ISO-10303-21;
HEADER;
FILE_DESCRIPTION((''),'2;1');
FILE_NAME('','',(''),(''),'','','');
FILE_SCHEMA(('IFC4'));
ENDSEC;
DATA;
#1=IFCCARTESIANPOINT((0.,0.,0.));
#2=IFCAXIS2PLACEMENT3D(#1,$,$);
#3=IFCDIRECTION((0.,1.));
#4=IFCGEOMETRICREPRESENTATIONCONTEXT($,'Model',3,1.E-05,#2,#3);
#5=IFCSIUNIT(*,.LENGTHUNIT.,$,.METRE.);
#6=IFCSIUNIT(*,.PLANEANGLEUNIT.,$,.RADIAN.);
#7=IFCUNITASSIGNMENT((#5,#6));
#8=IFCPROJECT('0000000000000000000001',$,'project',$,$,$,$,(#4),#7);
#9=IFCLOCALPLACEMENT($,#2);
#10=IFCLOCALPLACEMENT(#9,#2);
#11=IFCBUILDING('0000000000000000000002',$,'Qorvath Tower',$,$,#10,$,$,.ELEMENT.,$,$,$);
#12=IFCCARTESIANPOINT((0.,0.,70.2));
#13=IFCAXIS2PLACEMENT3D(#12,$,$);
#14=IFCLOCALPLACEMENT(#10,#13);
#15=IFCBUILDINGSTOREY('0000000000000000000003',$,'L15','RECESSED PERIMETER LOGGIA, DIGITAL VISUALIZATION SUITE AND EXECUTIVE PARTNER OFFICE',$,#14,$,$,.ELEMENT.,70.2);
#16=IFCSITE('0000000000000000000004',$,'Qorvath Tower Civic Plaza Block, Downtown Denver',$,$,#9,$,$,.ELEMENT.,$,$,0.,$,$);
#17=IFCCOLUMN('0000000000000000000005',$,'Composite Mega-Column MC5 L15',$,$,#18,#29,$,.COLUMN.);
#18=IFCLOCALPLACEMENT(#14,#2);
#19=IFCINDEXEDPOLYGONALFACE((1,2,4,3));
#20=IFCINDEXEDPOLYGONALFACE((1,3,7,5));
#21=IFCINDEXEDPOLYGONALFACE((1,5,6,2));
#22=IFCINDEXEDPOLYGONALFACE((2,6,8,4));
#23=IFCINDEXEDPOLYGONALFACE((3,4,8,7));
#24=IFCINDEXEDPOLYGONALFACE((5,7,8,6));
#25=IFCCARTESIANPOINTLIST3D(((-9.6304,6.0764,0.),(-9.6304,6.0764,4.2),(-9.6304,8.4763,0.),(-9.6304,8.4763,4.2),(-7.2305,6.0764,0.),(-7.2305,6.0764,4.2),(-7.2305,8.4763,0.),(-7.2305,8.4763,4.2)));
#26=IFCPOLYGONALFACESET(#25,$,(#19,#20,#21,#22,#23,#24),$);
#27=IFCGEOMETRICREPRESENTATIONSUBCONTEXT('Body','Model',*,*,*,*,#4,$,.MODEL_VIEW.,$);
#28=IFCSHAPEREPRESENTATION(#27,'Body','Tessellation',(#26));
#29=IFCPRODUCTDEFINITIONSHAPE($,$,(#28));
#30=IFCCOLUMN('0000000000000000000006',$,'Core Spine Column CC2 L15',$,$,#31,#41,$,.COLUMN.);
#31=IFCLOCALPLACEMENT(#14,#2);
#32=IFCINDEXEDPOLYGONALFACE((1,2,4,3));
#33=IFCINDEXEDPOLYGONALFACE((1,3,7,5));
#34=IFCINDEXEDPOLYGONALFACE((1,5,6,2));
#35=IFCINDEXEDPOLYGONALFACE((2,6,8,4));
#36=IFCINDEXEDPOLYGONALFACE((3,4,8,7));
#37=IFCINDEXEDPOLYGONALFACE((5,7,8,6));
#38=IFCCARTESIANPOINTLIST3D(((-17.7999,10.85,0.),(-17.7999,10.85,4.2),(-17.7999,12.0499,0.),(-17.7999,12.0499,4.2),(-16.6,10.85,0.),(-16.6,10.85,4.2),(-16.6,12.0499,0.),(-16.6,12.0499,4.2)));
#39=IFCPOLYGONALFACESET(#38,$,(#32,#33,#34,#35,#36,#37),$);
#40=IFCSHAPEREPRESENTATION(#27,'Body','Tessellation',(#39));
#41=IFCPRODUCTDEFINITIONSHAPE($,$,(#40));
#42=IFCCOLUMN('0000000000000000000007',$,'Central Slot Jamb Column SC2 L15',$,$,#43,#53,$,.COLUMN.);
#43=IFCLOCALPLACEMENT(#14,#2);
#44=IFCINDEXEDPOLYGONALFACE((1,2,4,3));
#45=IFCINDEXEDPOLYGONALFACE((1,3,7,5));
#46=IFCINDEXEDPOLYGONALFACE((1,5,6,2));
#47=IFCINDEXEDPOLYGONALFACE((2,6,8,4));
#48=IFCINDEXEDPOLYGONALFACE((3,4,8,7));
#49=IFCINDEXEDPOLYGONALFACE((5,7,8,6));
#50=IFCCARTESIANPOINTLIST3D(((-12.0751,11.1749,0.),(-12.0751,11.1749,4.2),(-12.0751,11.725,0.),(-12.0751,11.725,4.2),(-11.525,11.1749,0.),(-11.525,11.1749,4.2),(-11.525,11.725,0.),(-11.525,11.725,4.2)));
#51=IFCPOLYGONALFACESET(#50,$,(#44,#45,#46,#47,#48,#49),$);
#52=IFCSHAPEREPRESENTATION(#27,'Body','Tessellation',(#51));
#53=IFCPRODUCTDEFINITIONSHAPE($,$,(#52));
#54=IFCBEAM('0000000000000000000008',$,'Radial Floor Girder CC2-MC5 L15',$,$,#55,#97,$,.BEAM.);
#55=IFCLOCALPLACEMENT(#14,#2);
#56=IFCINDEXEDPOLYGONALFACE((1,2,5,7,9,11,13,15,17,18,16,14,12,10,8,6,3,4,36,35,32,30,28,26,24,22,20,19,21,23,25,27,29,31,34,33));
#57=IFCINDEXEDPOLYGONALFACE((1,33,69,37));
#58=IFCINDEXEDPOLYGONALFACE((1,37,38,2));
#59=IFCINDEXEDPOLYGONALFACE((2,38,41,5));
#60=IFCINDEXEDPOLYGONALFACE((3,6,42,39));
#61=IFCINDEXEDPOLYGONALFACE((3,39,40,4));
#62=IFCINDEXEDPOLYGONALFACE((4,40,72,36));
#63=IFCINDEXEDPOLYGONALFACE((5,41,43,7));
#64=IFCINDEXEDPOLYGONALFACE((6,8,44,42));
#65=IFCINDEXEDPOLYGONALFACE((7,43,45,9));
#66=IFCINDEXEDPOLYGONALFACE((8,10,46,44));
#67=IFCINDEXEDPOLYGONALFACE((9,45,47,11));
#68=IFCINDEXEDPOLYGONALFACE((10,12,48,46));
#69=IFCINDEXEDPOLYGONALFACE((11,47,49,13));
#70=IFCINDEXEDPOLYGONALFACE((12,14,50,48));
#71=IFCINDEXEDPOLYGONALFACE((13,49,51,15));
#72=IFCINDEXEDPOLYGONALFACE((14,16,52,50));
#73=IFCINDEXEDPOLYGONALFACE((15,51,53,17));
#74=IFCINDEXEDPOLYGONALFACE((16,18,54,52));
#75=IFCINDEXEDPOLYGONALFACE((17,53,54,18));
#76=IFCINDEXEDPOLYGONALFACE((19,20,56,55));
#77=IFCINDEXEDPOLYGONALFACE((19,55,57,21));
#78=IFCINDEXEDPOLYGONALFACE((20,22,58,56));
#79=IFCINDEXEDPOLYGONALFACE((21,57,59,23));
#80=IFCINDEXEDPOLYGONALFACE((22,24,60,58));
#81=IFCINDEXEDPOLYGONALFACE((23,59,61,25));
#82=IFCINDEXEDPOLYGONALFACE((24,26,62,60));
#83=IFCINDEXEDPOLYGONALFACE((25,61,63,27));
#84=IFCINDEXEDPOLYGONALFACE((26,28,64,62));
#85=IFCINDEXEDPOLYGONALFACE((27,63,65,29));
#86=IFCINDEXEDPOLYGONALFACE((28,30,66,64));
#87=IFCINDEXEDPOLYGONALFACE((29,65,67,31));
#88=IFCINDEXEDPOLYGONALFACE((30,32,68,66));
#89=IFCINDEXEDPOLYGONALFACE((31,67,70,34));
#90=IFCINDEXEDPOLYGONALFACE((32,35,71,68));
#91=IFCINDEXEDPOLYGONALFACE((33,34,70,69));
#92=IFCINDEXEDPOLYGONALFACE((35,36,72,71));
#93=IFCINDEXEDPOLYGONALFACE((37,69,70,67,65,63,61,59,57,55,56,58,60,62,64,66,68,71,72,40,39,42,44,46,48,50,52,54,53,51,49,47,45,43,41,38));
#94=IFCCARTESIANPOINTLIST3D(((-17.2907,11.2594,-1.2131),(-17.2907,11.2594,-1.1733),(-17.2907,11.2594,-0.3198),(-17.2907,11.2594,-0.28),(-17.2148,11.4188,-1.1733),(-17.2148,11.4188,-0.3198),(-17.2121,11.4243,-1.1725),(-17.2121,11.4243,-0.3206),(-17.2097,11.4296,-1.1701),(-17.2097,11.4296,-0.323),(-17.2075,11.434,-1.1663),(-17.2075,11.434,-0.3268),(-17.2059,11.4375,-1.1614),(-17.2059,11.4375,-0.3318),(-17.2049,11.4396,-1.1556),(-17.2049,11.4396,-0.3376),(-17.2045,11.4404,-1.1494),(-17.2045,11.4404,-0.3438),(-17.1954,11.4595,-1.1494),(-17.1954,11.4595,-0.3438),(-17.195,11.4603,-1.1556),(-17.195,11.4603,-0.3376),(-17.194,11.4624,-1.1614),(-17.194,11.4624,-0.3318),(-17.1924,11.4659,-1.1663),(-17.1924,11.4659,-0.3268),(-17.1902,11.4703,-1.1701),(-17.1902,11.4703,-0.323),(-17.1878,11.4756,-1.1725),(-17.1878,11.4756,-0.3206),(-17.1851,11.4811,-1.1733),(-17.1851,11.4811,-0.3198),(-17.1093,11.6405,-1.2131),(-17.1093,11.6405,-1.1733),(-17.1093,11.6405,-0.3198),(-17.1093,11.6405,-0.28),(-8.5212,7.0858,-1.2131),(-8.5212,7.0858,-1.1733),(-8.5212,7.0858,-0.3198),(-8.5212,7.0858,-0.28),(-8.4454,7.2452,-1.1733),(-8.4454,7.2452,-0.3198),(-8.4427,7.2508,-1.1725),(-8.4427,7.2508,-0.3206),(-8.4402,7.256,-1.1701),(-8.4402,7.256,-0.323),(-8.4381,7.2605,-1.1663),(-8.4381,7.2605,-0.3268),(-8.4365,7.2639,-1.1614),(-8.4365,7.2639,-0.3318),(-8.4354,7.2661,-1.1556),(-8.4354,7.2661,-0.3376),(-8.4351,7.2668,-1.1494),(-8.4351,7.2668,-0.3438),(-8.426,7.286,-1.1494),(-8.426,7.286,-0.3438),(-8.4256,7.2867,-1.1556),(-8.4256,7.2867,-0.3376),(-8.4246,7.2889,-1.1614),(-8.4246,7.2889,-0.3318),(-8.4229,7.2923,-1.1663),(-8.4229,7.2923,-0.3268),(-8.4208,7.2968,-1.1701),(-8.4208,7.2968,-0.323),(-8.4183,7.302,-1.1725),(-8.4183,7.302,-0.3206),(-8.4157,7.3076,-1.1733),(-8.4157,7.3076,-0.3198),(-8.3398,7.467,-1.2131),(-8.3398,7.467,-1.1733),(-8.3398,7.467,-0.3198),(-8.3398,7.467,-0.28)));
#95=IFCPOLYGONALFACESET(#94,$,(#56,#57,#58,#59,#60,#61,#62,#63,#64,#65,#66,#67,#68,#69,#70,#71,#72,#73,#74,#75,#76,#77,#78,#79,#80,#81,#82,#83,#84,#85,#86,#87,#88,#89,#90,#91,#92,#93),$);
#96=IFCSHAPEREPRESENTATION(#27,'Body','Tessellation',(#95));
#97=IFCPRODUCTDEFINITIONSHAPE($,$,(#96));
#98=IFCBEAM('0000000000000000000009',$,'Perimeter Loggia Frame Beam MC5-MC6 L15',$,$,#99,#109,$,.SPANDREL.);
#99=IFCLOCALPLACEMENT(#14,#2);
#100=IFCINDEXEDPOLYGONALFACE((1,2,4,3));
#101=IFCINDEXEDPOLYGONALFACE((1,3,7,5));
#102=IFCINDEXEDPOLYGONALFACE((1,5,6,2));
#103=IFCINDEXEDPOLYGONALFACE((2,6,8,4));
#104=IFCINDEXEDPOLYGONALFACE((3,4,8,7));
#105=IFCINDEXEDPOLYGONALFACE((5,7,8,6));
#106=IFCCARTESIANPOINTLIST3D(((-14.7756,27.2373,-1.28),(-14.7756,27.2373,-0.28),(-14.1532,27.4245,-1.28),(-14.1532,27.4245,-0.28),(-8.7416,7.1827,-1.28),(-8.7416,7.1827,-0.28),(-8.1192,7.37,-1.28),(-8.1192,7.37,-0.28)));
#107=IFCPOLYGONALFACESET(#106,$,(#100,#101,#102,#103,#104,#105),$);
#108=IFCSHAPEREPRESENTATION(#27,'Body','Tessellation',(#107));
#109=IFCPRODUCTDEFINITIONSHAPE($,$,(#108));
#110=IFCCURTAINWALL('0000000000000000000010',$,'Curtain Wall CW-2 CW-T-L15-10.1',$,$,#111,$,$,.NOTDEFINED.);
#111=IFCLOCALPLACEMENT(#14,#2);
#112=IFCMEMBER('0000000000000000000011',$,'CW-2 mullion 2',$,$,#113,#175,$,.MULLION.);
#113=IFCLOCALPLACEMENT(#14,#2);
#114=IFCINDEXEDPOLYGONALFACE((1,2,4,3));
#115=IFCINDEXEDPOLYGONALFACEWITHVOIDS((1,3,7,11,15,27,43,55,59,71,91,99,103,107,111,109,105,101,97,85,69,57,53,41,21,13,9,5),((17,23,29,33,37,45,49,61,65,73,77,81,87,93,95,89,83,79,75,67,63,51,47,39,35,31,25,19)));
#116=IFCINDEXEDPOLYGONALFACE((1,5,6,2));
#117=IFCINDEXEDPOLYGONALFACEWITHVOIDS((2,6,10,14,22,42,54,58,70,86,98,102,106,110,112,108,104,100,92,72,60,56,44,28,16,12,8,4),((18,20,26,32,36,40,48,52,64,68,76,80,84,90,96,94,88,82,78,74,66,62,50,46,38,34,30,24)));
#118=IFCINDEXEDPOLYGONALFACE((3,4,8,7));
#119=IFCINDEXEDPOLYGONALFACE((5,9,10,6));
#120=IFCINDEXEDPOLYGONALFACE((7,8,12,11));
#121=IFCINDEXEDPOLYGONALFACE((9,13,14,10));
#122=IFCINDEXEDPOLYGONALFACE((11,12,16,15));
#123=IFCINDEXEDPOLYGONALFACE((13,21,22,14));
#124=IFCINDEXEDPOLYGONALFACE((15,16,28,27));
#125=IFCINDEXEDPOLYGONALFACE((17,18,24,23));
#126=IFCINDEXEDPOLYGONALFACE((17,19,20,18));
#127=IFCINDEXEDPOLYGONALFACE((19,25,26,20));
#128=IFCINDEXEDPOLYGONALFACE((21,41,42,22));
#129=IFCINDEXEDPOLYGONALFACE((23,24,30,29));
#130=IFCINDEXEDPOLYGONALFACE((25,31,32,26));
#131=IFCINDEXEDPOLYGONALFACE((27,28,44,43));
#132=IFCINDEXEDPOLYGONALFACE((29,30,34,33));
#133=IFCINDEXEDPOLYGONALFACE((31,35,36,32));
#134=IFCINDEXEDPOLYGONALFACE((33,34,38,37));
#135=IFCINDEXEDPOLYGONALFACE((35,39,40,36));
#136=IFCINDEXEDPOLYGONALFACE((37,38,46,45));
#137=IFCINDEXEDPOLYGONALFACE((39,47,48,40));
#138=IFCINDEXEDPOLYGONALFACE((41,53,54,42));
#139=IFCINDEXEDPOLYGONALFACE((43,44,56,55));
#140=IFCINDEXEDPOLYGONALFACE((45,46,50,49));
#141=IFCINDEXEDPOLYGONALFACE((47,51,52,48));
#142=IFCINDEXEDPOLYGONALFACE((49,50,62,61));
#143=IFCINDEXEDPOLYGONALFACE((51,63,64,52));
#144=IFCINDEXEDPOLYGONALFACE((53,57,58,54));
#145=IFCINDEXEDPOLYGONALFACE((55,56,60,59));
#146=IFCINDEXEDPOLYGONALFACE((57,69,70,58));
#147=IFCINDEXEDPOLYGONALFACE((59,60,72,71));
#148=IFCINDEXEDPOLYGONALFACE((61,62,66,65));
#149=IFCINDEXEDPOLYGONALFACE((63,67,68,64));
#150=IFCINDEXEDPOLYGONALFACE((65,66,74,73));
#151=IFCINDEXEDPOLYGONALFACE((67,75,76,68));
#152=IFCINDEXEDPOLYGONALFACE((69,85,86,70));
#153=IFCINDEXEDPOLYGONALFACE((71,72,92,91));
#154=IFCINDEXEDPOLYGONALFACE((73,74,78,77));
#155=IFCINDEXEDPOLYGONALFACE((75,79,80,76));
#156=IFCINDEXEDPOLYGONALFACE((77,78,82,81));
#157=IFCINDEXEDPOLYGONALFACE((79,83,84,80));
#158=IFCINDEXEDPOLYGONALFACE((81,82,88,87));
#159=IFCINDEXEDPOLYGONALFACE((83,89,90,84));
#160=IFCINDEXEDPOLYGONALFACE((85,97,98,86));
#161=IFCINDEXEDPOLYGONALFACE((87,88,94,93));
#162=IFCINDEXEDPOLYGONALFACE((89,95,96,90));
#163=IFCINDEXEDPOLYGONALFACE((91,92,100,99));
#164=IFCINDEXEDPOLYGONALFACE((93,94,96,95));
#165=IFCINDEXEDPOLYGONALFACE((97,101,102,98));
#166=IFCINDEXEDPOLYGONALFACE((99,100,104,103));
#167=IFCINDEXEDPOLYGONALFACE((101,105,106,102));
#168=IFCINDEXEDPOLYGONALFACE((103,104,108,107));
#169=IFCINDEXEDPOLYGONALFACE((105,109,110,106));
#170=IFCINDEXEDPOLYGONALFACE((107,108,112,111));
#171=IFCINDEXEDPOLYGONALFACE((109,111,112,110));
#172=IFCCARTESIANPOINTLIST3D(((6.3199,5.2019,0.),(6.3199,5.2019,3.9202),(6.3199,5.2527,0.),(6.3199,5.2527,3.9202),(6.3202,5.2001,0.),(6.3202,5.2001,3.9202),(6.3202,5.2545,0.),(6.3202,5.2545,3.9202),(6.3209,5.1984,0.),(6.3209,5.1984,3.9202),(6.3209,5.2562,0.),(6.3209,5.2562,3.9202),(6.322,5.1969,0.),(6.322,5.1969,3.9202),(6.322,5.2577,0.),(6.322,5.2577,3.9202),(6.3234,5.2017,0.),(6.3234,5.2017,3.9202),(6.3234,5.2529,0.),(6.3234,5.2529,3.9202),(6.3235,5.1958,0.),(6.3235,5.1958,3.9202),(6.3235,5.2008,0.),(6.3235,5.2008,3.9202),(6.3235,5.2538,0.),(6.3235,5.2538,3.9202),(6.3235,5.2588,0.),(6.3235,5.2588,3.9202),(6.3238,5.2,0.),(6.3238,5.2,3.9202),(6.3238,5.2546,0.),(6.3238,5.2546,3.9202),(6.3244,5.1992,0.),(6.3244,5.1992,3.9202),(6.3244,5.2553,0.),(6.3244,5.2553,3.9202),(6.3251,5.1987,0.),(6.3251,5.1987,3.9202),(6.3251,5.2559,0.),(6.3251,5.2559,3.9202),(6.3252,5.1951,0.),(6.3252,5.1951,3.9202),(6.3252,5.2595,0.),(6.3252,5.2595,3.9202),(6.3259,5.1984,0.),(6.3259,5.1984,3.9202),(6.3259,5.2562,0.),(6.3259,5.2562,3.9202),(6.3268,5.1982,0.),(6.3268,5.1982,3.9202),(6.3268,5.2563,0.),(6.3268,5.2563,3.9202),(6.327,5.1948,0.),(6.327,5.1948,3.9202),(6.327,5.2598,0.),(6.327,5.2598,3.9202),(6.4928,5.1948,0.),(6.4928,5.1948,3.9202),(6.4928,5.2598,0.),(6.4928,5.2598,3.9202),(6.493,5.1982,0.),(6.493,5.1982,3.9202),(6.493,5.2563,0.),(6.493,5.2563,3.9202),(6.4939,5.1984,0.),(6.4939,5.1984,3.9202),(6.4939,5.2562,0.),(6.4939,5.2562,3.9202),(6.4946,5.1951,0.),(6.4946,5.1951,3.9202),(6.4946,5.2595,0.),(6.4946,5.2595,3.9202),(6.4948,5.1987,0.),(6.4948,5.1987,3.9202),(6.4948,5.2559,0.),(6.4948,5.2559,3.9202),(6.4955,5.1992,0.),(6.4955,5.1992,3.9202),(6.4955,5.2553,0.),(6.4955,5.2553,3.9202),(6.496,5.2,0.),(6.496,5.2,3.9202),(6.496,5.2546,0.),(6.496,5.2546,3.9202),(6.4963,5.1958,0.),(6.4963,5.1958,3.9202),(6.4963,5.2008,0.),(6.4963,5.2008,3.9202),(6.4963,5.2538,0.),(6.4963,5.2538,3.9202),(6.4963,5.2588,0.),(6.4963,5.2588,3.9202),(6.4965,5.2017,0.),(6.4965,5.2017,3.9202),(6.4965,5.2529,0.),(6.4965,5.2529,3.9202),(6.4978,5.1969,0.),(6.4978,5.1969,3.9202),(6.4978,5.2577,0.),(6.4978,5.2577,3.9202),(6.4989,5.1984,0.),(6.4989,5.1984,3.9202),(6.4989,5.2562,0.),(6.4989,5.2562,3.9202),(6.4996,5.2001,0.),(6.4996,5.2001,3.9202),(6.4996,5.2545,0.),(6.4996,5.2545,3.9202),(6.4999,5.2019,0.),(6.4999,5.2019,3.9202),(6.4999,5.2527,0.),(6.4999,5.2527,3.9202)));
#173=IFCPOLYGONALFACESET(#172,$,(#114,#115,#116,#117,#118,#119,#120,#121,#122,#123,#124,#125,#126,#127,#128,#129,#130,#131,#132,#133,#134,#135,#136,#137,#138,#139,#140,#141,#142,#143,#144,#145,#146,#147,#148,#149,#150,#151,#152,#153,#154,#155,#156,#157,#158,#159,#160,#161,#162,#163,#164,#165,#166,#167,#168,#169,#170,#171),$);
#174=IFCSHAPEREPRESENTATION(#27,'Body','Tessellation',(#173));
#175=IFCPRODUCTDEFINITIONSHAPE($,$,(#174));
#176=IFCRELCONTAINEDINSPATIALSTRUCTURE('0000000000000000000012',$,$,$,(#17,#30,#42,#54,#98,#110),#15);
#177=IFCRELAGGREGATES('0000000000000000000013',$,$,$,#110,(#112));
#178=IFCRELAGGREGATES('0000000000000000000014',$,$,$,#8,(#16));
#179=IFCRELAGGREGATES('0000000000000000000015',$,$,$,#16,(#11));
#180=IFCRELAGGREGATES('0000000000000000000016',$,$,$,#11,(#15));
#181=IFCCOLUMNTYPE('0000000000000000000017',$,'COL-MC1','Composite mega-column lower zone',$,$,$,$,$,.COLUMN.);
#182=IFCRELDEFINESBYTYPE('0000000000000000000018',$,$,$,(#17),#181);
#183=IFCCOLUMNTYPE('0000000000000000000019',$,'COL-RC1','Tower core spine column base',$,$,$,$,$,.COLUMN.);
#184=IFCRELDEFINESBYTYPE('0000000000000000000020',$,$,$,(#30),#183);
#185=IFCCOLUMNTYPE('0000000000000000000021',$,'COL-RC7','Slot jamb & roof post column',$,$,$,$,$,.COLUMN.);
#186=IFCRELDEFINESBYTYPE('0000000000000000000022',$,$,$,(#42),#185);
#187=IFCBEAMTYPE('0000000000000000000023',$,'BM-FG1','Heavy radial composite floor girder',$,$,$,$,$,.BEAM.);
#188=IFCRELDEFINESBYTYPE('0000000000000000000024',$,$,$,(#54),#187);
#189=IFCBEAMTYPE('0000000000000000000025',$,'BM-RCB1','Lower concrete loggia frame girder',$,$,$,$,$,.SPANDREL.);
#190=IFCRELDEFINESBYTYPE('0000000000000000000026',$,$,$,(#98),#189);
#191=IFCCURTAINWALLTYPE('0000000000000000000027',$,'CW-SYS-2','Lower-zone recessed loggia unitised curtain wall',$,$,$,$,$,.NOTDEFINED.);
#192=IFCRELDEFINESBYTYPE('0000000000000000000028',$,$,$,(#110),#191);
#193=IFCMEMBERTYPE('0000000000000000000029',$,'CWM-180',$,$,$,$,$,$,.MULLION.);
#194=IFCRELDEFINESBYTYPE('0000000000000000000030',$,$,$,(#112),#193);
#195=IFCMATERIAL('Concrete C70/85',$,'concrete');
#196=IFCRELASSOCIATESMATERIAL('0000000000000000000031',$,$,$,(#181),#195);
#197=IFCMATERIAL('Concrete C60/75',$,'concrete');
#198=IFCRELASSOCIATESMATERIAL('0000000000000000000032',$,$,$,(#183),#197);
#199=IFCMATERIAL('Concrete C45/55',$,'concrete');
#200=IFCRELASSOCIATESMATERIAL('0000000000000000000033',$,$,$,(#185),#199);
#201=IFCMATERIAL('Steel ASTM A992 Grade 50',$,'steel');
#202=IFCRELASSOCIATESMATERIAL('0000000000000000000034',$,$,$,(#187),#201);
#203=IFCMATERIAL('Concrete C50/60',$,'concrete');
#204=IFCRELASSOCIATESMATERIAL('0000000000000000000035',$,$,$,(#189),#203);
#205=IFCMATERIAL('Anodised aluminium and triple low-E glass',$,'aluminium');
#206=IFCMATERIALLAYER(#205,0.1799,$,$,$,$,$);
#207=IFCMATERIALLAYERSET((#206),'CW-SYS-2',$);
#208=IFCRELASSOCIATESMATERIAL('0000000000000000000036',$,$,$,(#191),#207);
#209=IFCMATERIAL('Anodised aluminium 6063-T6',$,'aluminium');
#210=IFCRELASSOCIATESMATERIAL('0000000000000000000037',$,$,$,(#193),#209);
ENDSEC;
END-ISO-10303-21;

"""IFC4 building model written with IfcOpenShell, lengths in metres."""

from ifc_helpers import new_model, si_unit, direction, frame, origin, origin_2d, place, context, subcontext, project, spatial, rectangle, hollow_rectangle, i_section, extrude, material, layer, layer_set, material_profile, profile_set, type_object, element, aggregate, save


model = new_model("IFC4")

# Units and contexts
model_context = context("Model", 3, precision=1e-05, world=origin(), true_north=direction((0.0, 1.0)))
body_context = subcontext(model_context, "Body", "Model", "MODEL_VIEW")
ifc_project = project(units=[si_unit("LENGTHUNIT", "METRE"), si_unit("PLANEANGLEUNIT", "RADIAN")], contexts=[model_context])

# Site, building, storey
site_placement = place(None, origin())
site = spatial("IfcSite", under=ifc_project, at=site_placement, Name="Qorvath Tower Civic Plaza Block, Downtown Denver", CompositionType="ELEMENT", RefElevation=0.0)
building_placement = place(site_placement, origin())
building = spatial("IfcBuilding", under=site, at=building_placement, Name="Qorvath Tower", CompositionType="ELEMENT")
storey_placement = place(building_placement, frame((0.0, 0.0, 70.2)))
storey = spatial("IfcBuildingStorey", under=building, at=storey_placement, Name="L15", Description="RECESSED PERIMETER LOGGIA, DIGITAL VISUALIZATION SUITE AND EXECUTIVE PARTNER OFFICE", CompositionType="ELEMENT", Elevation=70.2)

# Columns
ifc_material_1 = material(Name="Concrete C70/85", Category="concrete")
ifc_material_profile_1 = material_profile(ifc_material_1, rectangle(XDim=2.3999, YDim=2.3999, at=origin_2d()), Name="MC 2400x2400")
ifc_profile_set_1 = profile_set([ifc_material_profile_1], Name="Concrete C70/85")
column_type_1 = type_object("IfcColumnType", Name="COL-MC1", Description="Composite mega-column lower zone", PredefinedType="COLUMN", material=ifc_profile_set_1)
column_1_placement = place(storey_placement, frame((-8.4304, 7.2764, 0.0), z_axis=(0.0, 0.0, 1.0), x_axis=(1.0, 0.0, 0.0)))
element("IfcColumn", 1, at=column_1_placement, inside=storey, type_object=column_type_1, Name="Composite Mega-Column MC5 L15", PredefinedType="COLUMN", context=body_context, shape_type="SweptSolid", body=[
    extrude(rectangle(XDim=2.3999, YDim=2.3999, at=origin_2d()), origin(), (0.0, 0.0, 1.0), 4.2),
])
ifc_material_2 = material(Name="Concrete C60/75", Category="concrete")
ifc_material_profile_2 = material_profile(ifc_material_2, rectangle(XDim=1.2, YDim=1.2, at=origin_2d()), Name="RC 1200x1200")
ifc_profile_set_2 = profile_set([ifc_material_profile_2], Name="Concrete C60/75")
column_type_2 = type_object("IfcColumnType", Name="COL-RC1", Description="Tower core spine column base", PredefinedType="COLUMN", material=ifc_profile_set_2)
column_2_placement = place(storey_placement, frame((-17.2, 11.45, 0.0), z_axis=(0.0, 0.0, 1.0), x_axis=(1.0, 0.0, 0.0)))
element("IfcColumn", 2, at=column_2_placement, inside=storey, type_object=column_type_2, Name="Core Spine Column CC2 L15", PredefinedType="COLUMN", context=body_context, shape_type="SweptSolid", body=[
    extrude(rectangle(XDim=1.2, YDim=1.2, at=origin_2d()), origin(), (0.0, 0.0, 1.0), 4.2),
])
ifc_material_3 = material(Name="Concrete C45/55", Category="concrete")
ifc_material_profile_3 = material_profile(ifc_material_3, rectangle(XDim=0.55, YDim=0.55, at=origin_2d()), Name="RC 550x550")
ifc_profile_set_3 = profile_set([ifc_material_profile_3], Name="Concrete C45/55")
column_type_3 = type_object("IfcColumnType", Name="COL-RC7", Description="Slot jamb & roof post column", PredefinedType="COLUMN", material=ifc_profile_set_3)
column_3_placement = place(storey_placement, frame((-11.8, 11.45, 0.0), z_axis=(0.0, 0.0, 1.0), x_axis=(1.0, 0.0, 0.0)))
element("IfcColumn", 3, at=column_3_placement, inside=storey, type_object=column_type_3, Name="Central Slot Jamb Column SC2 L15", PredefinedType="COLUMN", context=body_context, shape_type="SweptSolid", body=[
    extrude(rectangle(XDim=0.55, YDim=0.55, at=origin_2d()), origin(), (0.0, 0.0, 1.0), 4.2),
])

# Beams
ifc_material_4 = material(Name="Steel ASTM A992 Grade 50", Category="steel")
ifc_material_profile_4 = material_profile(ifc_material_4, i_section(OverallWidth=0.4221, OverallDepth=0.9331, WebThickness=0.0212, FlangeThickness=0.0398, FilletRadius=0.0239, at=origin_2d()), Name="W36x262")
ifc_profile_set_4 = profile_set([ifc_material_profile_4], Name="Steel ASTM A992 Grade 50")
beam_type_1 = type_object("IfcBeamType", Name="BM-FG1", Description="Heavy radial composite floor girder", PredefinedType="BEAM", material=ifc_profile_set_4)
beam_1_placement = place(storey_placement, frame((-17.2, 11.45, -0.7466), z_axis=(0.902956, -0.429734, 0.0), x_axis=(0.429734, 0.902956, 0.0)))
element("IfcBeam", 4, at=beam_1_placement, inside=storey, type_object=beam_type_1, Name="Radial Floor Girder CC2-MC5 L15", PredefinedType="BEAM", context=body_context, shape_type="SweptSolid", body=[
    extrude(i_section(OverallWidth=0.4221, OverallDepth=0.9331, WebThickness=0.0212, FlangeThickness=0.0398, FilletRadius=0.0239, at=origin_2d()), origin(), (0.0, 0.0, 1.0), 9.7119),
])
ifc_material_5 = material(Name="Concrete C50/60", Category="concrete")
ifc_material_profile_5 = material_profile(ifc_material_5, rectangle(XDim=0.6499, YDim=1.0, at=origin_2d()), Name="RCB 1000x650")
ifc_profile_set_5 = profile_set([ifc_material_profile_5], Name="Concrete C50/60")
beam_type_2 = type_object("IfcBeamType", Name="BM-RCB1", Description="Lower concrete loggia frame girder", PredefinedType="SPANDREL", material=ifc_profile_set_5)
beam_2_placement = place(storey_placement, frame((-8.4304, 7.2764, -0.78), z_axis=(-0.288119, 0.957595, 0.0), x_axis=(-0.957595, -0.288119, 0.0)))
element("IfcBeam", 5, at=beam_2_placement, inside=storey, type_object=beam_type_2, Name="Perimeter Loggia Frame Beam MC5-MC6 L15", PredefinedType="SPANDREL", context=body_context, shape_type="SweptSolid", body=[
    extrude(rectangle(XDim=0.6499, YDim=1.0, at=origin_2d()), origin(), (0.0, 0.0, 1.0), 20.9426),
])

# Curtain wall, member
ifc_material_6 = material(Name="Anodised aluminium and triple low-E glass", Category="aluminium")
ifc_layer_1 = layer(ifc_material_6, 0.1799)
ifc_layer_set_1 = layer_set([ifc_layer_1], Name="CW-SYS-2")
curtain_wall_type = type_object("IfcCurtainWallType", Name="CW-SYS-2", Description="Lower-zone recessed loggia unitised curtain wall", PredefinedType="NOTDEFINED", material=ifc_layer_set_1)
curtain_wall_1_placement = place(storey_placement, origin())
curtain_wall_1 = element("IfcCurtainWall", 6, at=curtain_wall_1_placement, inside=storey, type_object=curtain_wall_type, Name="Curtain Wall CW-2 CW-T-L15-10.1", PredefinedType="NOTDEFINED")
ifc_material_7 = material(Name="Anodised aluminium 6063-T6", Category="aluminium")
ifc_material_profile_6 = material_profile(ifc_material_7, hollow_rectangle(XDim=0.0649, YDim=0.1799, WallThickness=0.0034, InnerFilletRadius=0.0034, OuterFilletRadius=0.0071, at=origin_2d()), Name="CWM 180x65")
ifc_profile_set_6 = profile_set([ifc_material_profile_6], Name="Anodised aluminium 6063-T6")
member_type_1 = type_object("IfcMemberType", Name="CWM-180", PredefinedType="MULLION", material=ifc_profile_set_6)
member_1_placement = place(storey_placement, frame((6.4099, 5.2273, 0.0), z_axis=(0.0, 0.0, 1.0), x_axis=(0.0, 1.0, 0.0)))
member_1 = element("IfcMember", 7, at=member_1_placement, type_object=member_type_1, Name="CW-2 mullion 2", PredefinedType="MULLION", context=body_context, shape_type="SweptSolid", body=[
    extrude(hollow_rectangle(XDim=0.0649, YDim=0.1799, WallThickness=0.0034, InnerFilletRadius=0.0034, OuterFilletRadius=0.0071, at=origin_2d()), origin(), (0.0, 0.0, 1.0), 3.9202),
])

aggregate(curtain_wall_1, [member_1])

save(model, "model.ifc")
